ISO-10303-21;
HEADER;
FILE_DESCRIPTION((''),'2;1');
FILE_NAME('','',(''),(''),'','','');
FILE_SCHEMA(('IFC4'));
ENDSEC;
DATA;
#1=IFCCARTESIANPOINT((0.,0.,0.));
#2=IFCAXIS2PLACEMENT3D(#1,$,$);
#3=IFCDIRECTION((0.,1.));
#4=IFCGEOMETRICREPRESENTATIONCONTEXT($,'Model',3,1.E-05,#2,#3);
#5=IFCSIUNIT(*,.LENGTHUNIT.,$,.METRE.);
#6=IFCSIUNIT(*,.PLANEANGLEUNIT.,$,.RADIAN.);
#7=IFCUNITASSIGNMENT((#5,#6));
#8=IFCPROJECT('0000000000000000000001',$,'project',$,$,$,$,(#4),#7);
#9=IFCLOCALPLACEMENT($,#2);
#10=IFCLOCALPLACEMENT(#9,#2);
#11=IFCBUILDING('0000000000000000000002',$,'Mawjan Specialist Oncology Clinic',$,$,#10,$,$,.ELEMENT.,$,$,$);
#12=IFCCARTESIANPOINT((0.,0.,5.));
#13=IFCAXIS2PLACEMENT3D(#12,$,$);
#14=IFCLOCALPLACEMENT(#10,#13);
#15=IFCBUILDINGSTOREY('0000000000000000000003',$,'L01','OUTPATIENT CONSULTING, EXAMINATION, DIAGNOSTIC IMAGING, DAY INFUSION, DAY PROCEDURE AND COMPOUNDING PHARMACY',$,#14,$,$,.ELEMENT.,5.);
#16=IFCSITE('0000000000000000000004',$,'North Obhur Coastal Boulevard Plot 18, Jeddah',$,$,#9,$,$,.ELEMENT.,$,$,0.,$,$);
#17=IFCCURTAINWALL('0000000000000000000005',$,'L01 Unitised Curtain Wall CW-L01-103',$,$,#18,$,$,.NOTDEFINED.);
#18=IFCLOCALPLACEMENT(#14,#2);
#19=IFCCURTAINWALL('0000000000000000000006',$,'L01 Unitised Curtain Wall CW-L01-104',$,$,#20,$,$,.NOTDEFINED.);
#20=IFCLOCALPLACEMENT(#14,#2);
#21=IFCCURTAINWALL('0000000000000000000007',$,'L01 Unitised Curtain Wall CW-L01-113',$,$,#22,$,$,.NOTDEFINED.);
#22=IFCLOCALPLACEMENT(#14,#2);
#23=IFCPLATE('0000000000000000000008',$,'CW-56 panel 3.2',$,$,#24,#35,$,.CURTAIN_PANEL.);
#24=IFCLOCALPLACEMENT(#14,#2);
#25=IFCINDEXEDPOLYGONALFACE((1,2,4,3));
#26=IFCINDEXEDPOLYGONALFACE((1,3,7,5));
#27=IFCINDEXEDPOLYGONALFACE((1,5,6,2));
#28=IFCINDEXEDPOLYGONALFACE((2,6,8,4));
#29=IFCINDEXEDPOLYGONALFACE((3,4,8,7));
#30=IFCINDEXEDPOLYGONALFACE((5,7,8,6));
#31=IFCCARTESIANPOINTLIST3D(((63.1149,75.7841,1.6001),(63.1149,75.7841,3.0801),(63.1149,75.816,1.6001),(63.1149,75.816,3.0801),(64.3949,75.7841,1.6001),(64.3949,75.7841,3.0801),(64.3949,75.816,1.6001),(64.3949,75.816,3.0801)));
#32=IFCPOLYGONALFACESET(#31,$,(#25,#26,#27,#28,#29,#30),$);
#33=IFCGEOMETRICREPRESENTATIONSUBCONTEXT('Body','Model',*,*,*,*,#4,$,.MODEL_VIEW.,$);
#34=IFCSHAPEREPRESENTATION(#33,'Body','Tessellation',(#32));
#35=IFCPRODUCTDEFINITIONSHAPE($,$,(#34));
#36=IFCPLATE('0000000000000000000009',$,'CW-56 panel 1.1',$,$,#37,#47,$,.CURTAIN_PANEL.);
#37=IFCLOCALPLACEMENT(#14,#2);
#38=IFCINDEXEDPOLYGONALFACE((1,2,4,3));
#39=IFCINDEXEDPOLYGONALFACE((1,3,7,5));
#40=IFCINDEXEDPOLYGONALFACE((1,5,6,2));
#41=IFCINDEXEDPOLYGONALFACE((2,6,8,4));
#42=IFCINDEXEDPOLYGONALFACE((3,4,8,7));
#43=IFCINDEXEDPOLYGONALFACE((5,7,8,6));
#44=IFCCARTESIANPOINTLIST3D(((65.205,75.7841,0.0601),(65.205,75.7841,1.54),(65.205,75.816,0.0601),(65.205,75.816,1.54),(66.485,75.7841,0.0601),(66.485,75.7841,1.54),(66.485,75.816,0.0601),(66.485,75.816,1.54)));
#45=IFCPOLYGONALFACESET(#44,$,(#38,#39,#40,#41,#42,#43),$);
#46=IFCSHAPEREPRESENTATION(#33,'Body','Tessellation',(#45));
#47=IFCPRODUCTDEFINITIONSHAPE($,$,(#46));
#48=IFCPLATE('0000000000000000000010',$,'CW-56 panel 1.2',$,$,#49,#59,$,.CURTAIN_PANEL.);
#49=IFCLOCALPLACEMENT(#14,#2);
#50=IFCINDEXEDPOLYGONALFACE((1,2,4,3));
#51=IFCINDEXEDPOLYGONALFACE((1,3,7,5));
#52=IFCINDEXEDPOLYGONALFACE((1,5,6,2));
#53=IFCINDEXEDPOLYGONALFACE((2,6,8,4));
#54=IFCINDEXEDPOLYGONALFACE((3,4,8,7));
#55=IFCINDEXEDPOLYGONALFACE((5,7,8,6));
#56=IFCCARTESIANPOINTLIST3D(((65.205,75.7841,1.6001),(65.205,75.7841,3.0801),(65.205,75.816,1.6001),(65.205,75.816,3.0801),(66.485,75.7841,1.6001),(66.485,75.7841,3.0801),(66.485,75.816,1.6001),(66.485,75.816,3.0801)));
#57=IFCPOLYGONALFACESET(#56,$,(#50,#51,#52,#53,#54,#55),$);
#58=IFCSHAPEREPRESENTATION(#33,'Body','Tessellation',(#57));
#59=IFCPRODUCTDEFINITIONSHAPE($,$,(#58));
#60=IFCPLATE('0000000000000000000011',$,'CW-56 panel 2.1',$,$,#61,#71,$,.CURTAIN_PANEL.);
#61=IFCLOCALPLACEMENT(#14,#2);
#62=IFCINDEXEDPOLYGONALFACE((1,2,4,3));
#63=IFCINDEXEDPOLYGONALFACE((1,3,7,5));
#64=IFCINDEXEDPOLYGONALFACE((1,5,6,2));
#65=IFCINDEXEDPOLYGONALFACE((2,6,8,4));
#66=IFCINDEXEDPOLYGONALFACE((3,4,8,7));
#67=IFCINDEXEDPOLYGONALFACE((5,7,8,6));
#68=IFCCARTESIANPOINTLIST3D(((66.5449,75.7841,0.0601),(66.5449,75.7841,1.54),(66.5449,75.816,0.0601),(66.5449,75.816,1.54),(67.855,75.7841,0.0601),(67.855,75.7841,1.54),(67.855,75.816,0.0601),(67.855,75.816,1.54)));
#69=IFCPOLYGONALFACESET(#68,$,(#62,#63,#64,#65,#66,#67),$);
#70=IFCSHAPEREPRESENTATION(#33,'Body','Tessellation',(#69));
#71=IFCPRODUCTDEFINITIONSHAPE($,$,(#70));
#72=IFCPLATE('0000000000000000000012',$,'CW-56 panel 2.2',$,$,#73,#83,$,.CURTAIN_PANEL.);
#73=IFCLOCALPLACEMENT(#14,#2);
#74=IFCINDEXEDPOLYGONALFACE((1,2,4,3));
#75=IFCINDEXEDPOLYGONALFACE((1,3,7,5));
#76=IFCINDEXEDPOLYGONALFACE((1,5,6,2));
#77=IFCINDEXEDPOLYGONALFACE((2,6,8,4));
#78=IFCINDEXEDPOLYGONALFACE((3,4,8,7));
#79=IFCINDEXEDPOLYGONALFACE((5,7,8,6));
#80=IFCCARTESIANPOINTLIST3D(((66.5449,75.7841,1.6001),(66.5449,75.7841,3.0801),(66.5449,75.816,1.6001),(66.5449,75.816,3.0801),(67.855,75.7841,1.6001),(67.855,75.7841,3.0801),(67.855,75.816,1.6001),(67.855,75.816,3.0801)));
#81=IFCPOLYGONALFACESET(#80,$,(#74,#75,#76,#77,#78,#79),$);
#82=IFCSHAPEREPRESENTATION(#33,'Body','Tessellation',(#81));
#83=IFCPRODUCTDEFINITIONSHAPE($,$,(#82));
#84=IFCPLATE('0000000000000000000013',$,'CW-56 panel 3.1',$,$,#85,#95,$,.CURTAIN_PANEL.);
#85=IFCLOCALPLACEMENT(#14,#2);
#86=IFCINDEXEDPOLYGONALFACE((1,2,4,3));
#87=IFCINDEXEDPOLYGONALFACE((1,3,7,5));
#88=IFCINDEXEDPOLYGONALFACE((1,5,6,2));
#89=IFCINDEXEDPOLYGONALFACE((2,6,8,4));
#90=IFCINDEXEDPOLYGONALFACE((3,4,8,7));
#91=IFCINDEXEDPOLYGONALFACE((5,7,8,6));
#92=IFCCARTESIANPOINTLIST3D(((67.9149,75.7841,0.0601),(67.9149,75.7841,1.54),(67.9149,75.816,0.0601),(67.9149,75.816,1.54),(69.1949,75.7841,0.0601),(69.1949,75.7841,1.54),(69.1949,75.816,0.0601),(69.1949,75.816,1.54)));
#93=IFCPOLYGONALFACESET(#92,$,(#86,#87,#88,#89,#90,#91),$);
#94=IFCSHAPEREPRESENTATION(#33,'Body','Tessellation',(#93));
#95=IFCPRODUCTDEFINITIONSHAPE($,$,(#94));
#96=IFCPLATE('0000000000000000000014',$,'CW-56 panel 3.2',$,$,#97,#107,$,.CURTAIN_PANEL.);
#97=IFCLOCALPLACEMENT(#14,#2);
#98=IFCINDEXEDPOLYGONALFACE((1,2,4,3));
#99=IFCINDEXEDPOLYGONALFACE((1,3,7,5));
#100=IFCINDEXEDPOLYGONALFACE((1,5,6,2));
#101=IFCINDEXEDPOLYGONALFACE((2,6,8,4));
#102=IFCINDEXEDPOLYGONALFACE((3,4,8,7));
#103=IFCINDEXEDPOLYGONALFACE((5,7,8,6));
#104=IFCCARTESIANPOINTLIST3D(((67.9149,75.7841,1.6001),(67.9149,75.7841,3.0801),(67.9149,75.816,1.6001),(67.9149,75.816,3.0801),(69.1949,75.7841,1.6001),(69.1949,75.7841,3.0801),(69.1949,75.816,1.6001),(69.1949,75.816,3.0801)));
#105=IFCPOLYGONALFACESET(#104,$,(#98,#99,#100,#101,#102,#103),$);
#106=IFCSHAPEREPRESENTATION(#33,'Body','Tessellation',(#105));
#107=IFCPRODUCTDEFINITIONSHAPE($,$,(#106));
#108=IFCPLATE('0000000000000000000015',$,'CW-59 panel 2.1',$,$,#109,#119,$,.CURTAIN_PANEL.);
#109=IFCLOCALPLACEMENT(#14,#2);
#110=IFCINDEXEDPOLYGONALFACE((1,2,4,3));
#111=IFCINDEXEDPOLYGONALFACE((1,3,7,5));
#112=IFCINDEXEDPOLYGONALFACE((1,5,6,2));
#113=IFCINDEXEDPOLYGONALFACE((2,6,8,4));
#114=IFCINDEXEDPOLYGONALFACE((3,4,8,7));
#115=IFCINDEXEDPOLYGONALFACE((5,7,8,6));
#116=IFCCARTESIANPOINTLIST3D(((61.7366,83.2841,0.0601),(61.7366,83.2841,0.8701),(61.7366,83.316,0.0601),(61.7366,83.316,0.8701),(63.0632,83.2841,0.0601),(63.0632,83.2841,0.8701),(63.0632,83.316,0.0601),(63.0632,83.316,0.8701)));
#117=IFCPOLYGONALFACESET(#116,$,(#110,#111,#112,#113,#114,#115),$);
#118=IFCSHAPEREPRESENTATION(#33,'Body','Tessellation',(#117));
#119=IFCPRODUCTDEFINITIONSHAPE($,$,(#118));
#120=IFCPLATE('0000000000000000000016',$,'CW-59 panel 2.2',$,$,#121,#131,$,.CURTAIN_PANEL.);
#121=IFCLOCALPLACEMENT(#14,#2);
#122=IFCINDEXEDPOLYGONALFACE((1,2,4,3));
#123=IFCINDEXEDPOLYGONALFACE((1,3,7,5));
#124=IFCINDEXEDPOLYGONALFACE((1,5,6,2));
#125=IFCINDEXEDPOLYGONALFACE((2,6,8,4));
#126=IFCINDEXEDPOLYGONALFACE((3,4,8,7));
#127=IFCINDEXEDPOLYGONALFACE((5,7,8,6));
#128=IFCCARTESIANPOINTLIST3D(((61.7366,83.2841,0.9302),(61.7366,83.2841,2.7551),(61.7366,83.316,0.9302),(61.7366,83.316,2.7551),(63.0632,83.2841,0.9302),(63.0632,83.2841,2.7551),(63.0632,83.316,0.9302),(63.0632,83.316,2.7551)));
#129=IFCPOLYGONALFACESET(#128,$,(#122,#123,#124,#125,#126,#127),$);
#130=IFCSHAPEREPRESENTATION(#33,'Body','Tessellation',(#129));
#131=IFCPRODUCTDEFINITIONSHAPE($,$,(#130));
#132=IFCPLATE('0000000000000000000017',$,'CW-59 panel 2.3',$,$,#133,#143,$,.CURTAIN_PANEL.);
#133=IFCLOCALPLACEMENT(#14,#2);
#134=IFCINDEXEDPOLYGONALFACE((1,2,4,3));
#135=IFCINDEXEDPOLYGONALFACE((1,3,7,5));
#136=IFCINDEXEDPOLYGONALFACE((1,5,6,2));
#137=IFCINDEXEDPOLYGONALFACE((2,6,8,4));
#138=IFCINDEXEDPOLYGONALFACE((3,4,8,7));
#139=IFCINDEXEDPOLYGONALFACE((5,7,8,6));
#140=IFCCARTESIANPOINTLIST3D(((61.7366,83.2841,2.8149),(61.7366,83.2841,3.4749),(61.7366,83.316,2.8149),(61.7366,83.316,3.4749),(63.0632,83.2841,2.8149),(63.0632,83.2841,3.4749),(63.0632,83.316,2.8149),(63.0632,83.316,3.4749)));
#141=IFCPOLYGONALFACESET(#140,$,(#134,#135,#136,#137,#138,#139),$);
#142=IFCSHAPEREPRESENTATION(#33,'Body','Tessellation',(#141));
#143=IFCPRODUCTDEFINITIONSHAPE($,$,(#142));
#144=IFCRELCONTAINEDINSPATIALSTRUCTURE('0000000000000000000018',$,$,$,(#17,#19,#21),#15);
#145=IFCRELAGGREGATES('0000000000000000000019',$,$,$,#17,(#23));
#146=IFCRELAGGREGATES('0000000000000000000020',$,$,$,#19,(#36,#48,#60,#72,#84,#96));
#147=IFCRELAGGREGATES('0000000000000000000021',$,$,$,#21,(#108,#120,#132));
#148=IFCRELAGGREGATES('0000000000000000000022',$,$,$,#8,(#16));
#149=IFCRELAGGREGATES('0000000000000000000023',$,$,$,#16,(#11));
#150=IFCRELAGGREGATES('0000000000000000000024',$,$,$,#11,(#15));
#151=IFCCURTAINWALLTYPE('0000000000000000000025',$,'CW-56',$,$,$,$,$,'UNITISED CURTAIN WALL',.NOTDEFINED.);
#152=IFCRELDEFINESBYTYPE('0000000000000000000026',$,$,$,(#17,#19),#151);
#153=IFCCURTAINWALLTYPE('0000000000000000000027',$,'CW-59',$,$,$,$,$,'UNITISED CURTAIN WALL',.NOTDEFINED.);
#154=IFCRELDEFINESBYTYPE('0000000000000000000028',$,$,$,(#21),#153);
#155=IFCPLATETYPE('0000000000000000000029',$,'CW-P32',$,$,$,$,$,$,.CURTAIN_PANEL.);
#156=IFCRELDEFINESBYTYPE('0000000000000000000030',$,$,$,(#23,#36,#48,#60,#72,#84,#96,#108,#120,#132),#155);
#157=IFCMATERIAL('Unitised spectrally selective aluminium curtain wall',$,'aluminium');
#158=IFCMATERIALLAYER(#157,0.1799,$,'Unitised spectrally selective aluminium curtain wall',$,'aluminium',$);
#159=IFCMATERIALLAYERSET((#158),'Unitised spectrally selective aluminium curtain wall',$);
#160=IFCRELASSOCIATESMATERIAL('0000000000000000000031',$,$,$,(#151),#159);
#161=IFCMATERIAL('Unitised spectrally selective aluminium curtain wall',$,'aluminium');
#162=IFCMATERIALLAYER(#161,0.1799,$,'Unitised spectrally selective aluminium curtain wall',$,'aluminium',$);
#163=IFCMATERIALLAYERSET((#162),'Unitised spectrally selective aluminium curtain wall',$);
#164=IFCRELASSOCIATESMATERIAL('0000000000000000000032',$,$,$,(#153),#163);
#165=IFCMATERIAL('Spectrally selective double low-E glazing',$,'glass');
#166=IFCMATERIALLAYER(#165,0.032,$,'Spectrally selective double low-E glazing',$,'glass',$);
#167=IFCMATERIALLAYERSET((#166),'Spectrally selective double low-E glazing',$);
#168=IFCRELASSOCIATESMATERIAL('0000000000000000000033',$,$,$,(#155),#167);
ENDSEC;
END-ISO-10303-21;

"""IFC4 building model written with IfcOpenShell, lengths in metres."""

from ifc_helpers import new_model, si_unit, direction, frame, origin, origin_2d, place, context, subcontext, project, spatial, rectangle, extrude, material, layer, layer_set, type_object, element, aggregate, save


model = new_model("IFC4")

# Units and contexts
model_context = context("Model", 3, precision=1e-05, world=origin(), true_north=direction((0.0, 1.0)))
body_context = subcontext(model_context, "Body", "Model", "MODEL_VIEW")
ifc_project = project(units=[si_unit("LENGTHUNIT", "METRE"), si_unit("PLANEANGLEUNIT", "RADIAN")], contexts=[model_context])

# Site, building, storey
site_placement = place(None, origin())
site = spatial("IfcSite", under=ifc_project, at=site_placement, Name="North Obhur Coastal Boulevard Plot 18, Jeddah", CompositionType="ELEMENT", RefElevation=0.0)
building_placement = place(site_placement, origin())
building = spatial("IfcBuilding", under=site, at=building_placement, Name="Mawjan Specialist Oncology Clinic", CompositionType="ELEMENT")
storey_placement = place(building_placement, frame((0.0, 0.0, 5.0)))
storey = spatial("IfcBuildingStorey", under=building, at=storey_placement, Name="L01", Description="OUTPATIENT CONSULTING, EXAMINATION, DIAGNOSTIC IMAGING, DAY INFUSION, DAY PROCEDURE AND COMPOUNDING PHARMACY", CompositionType="ELEMENT", Elevation=5.0)

# Curtain wall
ifc_material_1 = material(Name="Unitised spectrally selective aluminium curtain wall", Category="aluminium")
ifc_layer_1 = layer(ifc_material_1, 0.1799, Name="Unitised spectrally selective aluminium curtain wall", Category="aluminium")
ifc_layer_set_1 = layer_set([ifc_layer_1], Name="Unitised spectrally selective aluminium curtain wall")
curtain_wall_type_1 = type_object("IfcCurtainWallType", Name="CW-56", ElementType="UNITISED CURTAIN WALL", PredefinedType="NOTDEFINED", material=ifc_layer_set_1)
curtain_wall_1_placement = place(storey_placement, origin())
curtain_wall_1 = element("IfcCurtainWall", 1, at=curtain_wall_1_placement, inside=storey, type_object=curtain_wall_type_1, Name="L01 Unitised Curtain Wall CW-L01-103", PredefinedType="NOTDEFINED")

# Curtain wall
curtain_wall_2_placement = place(storey_placement, origin())
curtain_wall_2 = element("IfcCurtainWall", 2, at=curtain_wall_2_placement, inside=storey, type_object=curtain_wall_type_1, Name="L01 Unitised Curtain Wall CW-L01-104", PredefinedType="NOTDEFINED")

# Curtain wall
ifc_material_2 = material(Name="Unitised spectrally selective aluminium curtain wall", Category="aluminium")
ifc_layer_2 = layer(ifc_material_2, 0.1799, Name="Unitised spectrally selective aluminium curtain wall", Category="aluminium")
ifc_layer_set_2 = layer_set([ifc_layer_2], Name="Unitised spectrally selective aluminium curtain wall")
curtain_wall_type_2 = type_object("IfcCurtainWallType", Name="CW-59", ElementType="UNITISED CURTAIN WALL", PredefinedType="NOTDEFINED", material=ifc_layer_set_2)
curtain_wall_3_placement = place(storey_placement, origin())
curtain_wall_3 = element("IfcCurtainWall", 3, at=curtain_wall_3_placement, inside=storey, type_object=curtain_wall_type_2, Name="L01 Unitised Curtain Wall CW-L01-113", PredefinedType="NOTDEFINED")

# Plates
ifc_material_3 = material(Name="Spectrally selective double low-E glazing", Category="glass")
ifc_layer_3 = layer(ifc_material_3, 0.032, Name="Spectrally selective double low-E glazing", Category="glass")
ifc_layer_set_3 = layer_set([ifc_layer_3], Name="Spectrally selective double low-E glazing")
plate_type = type_object("IfcPlateType", Name="CW-P32", PredefinedType="CURTAIN_PANEL", material=ifc_layer_set_3)
plate_1_placement = place(storey_placement, frame((63.7549, 75.8, 1.6001), z_axis=(0.0, 0.0, 1.0), x_axis=(1.0, 0.0, 0.0)))
plate_1 = element("IfcPlate", 4, at=plate_1_placement, type_object=plate_type, Name="CW-56 panel 3.2", PredefinedType="CURTAIN_PANEL", context=body_context, shape_type="SweptSolid", body=[
    extrude(rectangle(XDim=1.28, YDim=0.032, at=origin_2d()), origin(), (0.0, 0.0, 1.0), 1.48),
])
aggregate(curtain_wall_1, [plate_1])
plate_2_placement = place(storey_placement, frame((65.845, 75.8, 0.0601), z_axis=(0.0, 0.0, 1.0), x_axis=(1.0, 0.0, 0.0)))
plate_2 = element("IfcPlate", 5, at=plate_2_placement, type_object=plate_type, Name="CW-56 panel 1.1", PredefinedType="CURTAIN_PANEL", context=body_context, shape_type="SweptSolid", body=[
    extrude(rectangle(XDim=1.28, YDim=0.032, at=origin_2d()), origin(), (0.0, 0.0, 1.0), 1.48),
])
plate_3_placement = place(storey_placement, frame((65.845, 75.8, 1.6001), z_axis=(0.0, 0.0, 1.0), x_axis=(1.0, 0.0, 0.0)))
plate_3 = element("IfcPlate", 6, at=plate_3_placement, type_object=plate_type, Name="CW-56 panel 1.2", PredefinedType="CURTAIN_PANEL", context=body_context, shape_type="SweptSolid", body=[
    extrude(rectangle(XDim=1.28, YDim=0.032, at=origin_2d()), origin(), (0.0, 0.0, 1.0), 1.48),
])
plate_4_placement = place(storey_placement, frame((67.2, 75.8, 0.0601), z_axis=(0.0, 0.0, 1.0), x_axis=(1.0, 0.0, 0.0)))
plate_4 = element("IfcPlate", 7, at=plate_4_placement, type_object=plate_type, Name="CW-56 panel 2.1", PredefinedType="CURTAIN_PANEL", context=body_context, shape_type="SweptSolid", body=[
    extrude(rectangle(XDim=1.3101, YDim=0.032, at=origin_2d()), origin(), (0.0, 0.0, 1.0), 1.48),
])
plate_5_placement = place(storey_placement, frame((67.2, 75.8, 1.6001), z_axis=(0.0, 0.0, 1.0), x_axis=(1.0, 0.0, 0.0)))
plate_5 = element("IfcPlate", 8, at=plate_5_placement, type_object=plate_type, Name="CW-56 panel 2.2", PredefinedType="CURTAIN_PANEL", context=body_context, shape_type="SweptSolid", body=[
    extrude(rectangle(XDim=1.3101, YDim=0.032, at=origin_2d()), origin(), (0.0, 0.0, 1.0), 1.48),
])
plate_6_placement = place(storey_placement, frame((68.5549, 75.8, 0.0601), z_axis=(0.0, 0.0, 1.0), x_axis=(1.0, 0.0, 0.0)))
plate_6 = element("IfcPlate", 9, at=plate_6_placement, type_object=plate_type, Name="CW-56 panel 3.1", PredefinedType="CURTAIN_PANEL", context=body_context, shape_type="SweptSolid", body=[
    extrude(rectangle(XDim=1.28, YDim=0.032, at=origin_2d()), origin(), (0.0, 0.0, 1.0), 1.48),
])
plate_7_placement = place(storey_placement, frame((68.5549, 75.8, 1.6001), z_axis=(0.0, 0.0, 1.0), x_axis=(1.0, 0.0, 0.0)))
plate_7 = element("IfcPlate", 10, at=plate_7_placement, type_object=plate_type, Name="CW-56 panel 3.2", PredefinedType="CURTAIN_PANEL", context=body_context, shape_type="SweptSolid", body=[
    extrude(rectangle(XDim=1.28, YDim=0.032, at=origin_2d()), origin(), (0.0, 0.0, 1.0), 1.48),
])
aggregate(curtain_wall_2, [plate_2, plate_3, plate_4, plate_5, plate_6, plate_7])
plate_8_placement = place(storey_placement, frame((62.3999, 83.3, 0.0601), z_axis=(0.0, 0.0, 1.0), x_axis=(-1.0, 0.0, 0.0)))
plate_8 = element("IfcPlate", 11, at=plate_8_placement, type_object=plate_type, Name="CW-59 panel 2.1", PredefinedType="CURTAIN_PANEL", context=body_context, shape_type="SweptSolid", body=[
    extrude(rectangle(XDim=1.3267, YDim=0.032, at=origin_2d()), origin(), (0.0, 0.0, 1.0), 0.8101),
])
plate_9_placement = place(storey_placement, frame((62.3999, 83.3, 0.9302), z_axis=(0.0, 0.0, 1.0), x_axis=(-1.0, 0.0, 0.0)))
plate_9 = element("IfcPlate", 12, at=plate_9_placement, type_object=plate_type, Name="CW-59 panel 2.2", PredefinedType="CURTAIN_PANEL", context=body_context, shape_type="SweptSolid", body=[
    extrude(rectangle(XDim=1.3267, YDim=0.032, at=origin_2d()), origin(), (0.0, 0.0, 1.0), 1.825),
])
plate_10_placement = place(storey_placement, frame((62.3999, 83.3, 2.8149), z_axis=(0.0, 0.0, 1.0), x_axis=(-1.0, 0.0, 0.0)))
plate_10 = element("IfcPlate", 13, at=plate_10_placement, type_object=plate_type, Name="CW-59 panel 2.3", PredefinedType="CURTAIN_PANEL", context=body_context, shape_type="SweptSolid", body=[
    extrude(rectangle(XDim=1.3267, YDim=0.032, at=origin_2d()), origin(), (0.0, 0.0, 1.0), 0.6599),
])
aggregate(curtain_wall_3, [plate_8, plate_9, plate_10])

save(model, "model.ifc")
